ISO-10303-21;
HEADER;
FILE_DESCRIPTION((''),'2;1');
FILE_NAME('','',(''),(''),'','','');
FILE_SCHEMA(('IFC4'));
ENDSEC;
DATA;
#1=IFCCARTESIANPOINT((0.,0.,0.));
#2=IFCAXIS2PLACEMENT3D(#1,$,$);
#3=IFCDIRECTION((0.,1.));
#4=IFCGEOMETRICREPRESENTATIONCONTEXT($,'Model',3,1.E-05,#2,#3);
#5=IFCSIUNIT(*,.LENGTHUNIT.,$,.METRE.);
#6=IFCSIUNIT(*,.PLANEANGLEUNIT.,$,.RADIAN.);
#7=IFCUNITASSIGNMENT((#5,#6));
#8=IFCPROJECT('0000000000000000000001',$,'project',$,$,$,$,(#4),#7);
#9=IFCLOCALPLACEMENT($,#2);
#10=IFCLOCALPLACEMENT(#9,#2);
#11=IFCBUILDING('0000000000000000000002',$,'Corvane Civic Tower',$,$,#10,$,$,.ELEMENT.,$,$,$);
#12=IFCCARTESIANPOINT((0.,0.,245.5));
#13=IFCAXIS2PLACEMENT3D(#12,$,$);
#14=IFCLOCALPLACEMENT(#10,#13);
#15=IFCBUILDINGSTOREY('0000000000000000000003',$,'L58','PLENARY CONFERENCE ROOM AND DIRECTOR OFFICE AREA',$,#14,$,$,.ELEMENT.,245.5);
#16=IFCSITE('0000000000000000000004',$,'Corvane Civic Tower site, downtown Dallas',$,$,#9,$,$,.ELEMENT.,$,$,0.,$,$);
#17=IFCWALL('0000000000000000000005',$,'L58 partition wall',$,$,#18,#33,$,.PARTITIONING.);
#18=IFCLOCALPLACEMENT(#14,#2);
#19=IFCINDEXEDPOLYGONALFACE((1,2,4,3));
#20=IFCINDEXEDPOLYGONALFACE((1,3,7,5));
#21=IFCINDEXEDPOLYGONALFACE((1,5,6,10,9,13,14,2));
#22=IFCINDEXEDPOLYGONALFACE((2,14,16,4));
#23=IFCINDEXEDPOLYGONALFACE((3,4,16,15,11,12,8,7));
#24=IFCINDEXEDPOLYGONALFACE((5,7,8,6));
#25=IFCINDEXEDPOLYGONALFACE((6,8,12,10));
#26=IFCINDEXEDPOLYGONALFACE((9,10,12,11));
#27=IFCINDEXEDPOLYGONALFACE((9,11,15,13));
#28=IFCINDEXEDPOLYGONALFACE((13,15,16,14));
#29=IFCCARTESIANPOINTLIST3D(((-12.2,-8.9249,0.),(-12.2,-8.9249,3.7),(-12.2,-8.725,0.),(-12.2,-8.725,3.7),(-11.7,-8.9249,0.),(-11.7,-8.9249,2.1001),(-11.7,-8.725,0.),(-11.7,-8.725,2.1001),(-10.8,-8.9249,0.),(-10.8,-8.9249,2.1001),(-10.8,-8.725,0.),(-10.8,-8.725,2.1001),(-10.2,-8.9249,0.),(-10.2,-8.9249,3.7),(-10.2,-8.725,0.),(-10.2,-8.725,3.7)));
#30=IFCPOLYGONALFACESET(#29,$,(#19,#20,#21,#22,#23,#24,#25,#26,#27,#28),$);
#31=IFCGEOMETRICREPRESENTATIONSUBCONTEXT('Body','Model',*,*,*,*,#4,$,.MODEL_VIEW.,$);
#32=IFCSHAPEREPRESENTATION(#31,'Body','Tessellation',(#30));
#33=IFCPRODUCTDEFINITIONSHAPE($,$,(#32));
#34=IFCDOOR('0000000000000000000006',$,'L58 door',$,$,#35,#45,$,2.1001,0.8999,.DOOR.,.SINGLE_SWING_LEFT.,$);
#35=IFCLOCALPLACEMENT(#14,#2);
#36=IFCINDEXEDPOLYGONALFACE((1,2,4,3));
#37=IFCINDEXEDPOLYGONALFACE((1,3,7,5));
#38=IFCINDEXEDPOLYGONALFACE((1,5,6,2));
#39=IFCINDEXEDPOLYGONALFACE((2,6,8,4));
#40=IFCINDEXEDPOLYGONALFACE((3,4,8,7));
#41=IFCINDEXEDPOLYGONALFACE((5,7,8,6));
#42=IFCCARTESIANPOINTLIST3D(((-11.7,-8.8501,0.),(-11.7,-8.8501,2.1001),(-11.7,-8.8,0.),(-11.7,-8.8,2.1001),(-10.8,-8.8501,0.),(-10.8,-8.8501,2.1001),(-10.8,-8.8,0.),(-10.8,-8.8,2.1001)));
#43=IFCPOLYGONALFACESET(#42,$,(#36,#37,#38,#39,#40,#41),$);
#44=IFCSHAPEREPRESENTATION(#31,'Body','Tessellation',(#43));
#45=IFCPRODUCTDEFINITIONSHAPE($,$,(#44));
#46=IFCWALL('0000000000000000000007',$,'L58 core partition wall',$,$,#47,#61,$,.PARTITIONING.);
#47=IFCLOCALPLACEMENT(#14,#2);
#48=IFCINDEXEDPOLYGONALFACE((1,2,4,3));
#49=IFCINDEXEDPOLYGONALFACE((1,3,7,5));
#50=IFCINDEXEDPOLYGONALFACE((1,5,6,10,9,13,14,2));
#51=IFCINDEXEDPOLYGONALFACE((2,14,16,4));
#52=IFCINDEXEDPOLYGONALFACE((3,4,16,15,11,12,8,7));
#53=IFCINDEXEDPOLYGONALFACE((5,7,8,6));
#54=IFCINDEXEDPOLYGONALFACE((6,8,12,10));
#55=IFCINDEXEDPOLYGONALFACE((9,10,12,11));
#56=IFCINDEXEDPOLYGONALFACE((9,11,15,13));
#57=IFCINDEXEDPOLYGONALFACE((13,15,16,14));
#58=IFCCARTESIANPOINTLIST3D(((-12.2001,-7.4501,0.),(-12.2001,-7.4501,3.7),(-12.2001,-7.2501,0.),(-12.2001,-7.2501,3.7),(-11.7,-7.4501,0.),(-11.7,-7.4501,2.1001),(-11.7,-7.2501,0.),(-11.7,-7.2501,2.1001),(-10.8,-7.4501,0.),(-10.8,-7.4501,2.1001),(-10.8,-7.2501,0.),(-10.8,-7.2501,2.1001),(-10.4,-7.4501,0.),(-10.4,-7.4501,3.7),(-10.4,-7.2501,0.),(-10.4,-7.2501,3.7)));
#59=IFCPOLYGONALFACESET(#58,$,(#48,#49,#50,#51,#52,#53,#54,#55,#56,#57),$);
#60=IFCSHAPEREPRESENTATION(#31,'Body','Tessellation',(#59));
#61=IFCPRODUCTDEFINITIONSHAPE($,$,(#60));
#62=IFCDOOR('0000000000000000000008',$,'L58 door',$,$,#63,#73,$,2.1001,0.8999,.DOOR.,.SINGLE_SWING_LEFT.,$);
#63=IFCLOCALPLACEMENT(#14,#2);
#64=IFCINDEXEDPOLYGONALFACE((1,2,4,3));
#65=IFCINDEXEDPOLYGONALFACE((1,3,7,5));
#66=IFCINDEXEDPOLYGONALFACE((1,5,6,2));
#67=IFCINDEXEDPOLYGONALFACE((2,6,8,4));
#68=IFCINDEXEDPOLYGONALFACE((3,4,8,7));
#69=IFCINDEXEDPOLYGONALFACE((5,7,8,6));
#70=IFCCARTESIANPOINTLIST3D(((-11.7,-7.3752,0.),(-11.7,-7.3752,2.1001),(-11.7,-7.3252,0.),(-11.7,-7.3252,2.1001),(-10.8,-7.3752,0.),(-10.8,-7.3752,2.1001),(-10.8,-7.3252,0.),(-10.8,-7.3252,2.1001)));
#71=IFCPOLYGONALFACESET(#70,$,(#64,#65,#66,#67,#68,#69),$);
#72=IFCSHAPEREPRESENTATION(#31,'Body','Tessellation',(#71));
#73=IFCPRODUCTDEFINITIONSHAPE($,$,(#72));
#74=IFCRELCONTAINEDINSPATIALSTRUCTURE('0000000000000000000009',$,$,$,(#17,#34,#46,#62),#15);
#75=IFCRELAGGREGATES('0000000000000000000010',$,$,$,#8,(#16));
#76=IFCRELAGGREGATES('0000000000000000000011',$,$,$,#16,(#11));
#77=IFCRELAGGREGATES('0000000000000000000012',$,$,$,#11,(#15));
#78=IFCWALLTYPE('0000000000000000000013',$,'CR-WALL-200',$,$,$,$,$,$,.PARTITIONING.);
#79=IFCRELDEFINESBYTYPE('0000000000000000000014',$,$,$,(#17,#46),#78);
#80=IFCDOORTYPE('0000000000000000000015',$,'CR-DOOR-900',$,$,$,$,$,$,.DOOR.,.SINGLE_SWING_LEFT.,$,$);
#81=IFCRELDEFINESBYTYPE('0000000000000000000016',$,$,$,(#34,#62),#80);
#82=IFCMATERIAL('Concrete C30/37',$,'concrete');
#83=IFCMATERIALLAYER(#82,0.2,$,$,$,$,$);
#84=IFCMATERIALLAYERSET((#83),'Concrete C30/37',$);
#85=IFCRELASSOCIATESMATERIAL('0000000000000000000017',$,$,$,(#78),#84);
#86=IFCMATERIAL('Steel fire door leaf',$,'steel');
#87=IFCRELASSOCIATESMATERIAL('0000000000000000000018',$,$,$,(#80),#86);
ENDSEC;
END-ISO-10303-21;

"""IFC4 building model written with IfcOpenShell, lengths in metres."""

from ifc_helpers import new_model, si_unit, direction, frame, frame_2d, origin, place, context, subcontext, project, spatial, rectangle, extrude, material, layer, layer_set, type_object, element, fill, save


model = new_model("IFC4")

# Units and contexts
model_context = context("Model", 3, precision=1e-05, world=origin(), true_north=direction((0.0, 1.0)))
body_context = subcontext(model_context, "Body", "Model", "MODEL_VIEW")
ifc_project = project(units=[si_unit("LENGTHUNIT", "METRE"), si_unit("PLANEANGLEUNIT", "RADIAN")], contexts=[model_context])

# Site, building, storey
site_placement = place(None, origin())
site = spatial("IfcSite", under=ifc_project, at=site_placement, Name="Corvane Civic Tower site, downtown Dallas", CompositionType="ELEMENT", RefElevation=0.0)
building_placement = place(site_placement, origin())
building = spatial("IfcBuilding", under=site, at=building_placement, Name="Corvane Civic Tower", CompositionType="ELEMENT")
storey_placement = place(building_placement, frame((0.0, 0.0, 245.5)))
storey = spatial("IfcBuildingStorey", under=building, at=storey_placement, Name="L58", Description="PLENARY CONFERENCE ROOM AND DIRECTOR OFFICE AREA", CompositionType="ELEMENT", Elevation=245.5)

# Walls, openings, doors
ifc_material_1 = material(Name="Concrete C30/37", Category="concrete")
ifc_layer_1 = layer(ifc_material_1, 0.2)
ifc_layer_set_1 = layer_set([ifc_layer_1], Name="Concrete C30/37")
wall_type_1 = type_object("IfcWallType", Name="CR-WALL-200", PredefinedType="PARTITIONING", material=ifc_layer_set_1)
wall_1_placement = place(storey_placement, frame((-12.2, -8.825, 0.0), z_axis=(0.0, 0.0, 1.0), x_axis=(1.0, 0.0, 0.0)))
wall_1 = element("IfcWall", 1, at=wall_1_placement, inside=storey, type_object=wall_type_1, Name="L58 partition wall", PredefinedType="PARTITIONING", context=body_context, shape_type="SweptSolid", body=[
    extrude(rectangle(XDim=2.0, YDim=0.2, at=frame_2d((1.0, 0.0))), origin(), (0.0, 0.0, 1.0), 3.7),
])
opening_1_placement = place(wall_1_placement, frame((0.5, 0.0, 0.0)))
opening_1 = element("IfcOpeningElement", 2, at=opening_1_placement, cuts=wall_1, PredefinedType="OPENING", context=body_context, shape_type="SweptSolid", body=[
    extrude(rectangle(XDim=0.8999, YDim=2.1001, at=frame_2d((0.45, 1.05))), frame((0.0, 0.1099, 0.0), z_axis=(0.0, -1.0, 0.0), x_axis=(1.0, 0.0, 0.0)), (0.0, 0.0, 1.0), 0.22),
])
ifc_material_2 = material(Name="Steel fire door leaf", Category="steel")
door_type_1 = type_object("IfcDoorType", Name="CR-DOOR-900", OperationType="SINGLE_SWING_LEFT", PredefinedType="DOOR", material=ifc_material_2)
door_1_placement = place(opening_1_placement, origin())
door_1 = element("IfcDoor", 3, at=door_1_placement, inside=storey, type_object=door_type_1, Name="L58 door", OperationType="SINGLE_SWING_LEFT", OverallHeight=2.1001, OverallWidth=0.8999, PredefinedType="DOOR", context=body_context, shape_type="SweptSolid", body=[
    extrude(rectangle(XDim=0.8999, YDim=2.1001, at=frame_2d((0.45, 1.05))), frame((0.0, 0.0249, 0.0), z_axis=(0.0, -1.0, 0.0), x_axis=(1.0, 0.0, 0.0)), (0.0, 0.0, 1.0), 0.05),
])
fill(opening_1, door_1)
wall_2_placement = place(storey_placement, frame((-12.2, -7.3501, 0.0), z_axis=(0.0, 0.0, 1.0), x_axis=(1.0, 0.0, 0.0)))
wall_2 = element("IfcWall", 4, at=wall_2_placement, inside=storey, type_object=wall_type_1, Name="L58 core partition wall", PredefinedType="PARTITIONING", context=body_context, shape_type="SweptSolid", body=[
    extrude(rectangle(XDim=1.8, YDim=0.2, at=frame_2d((0.8999, 0.0))), origin(), (0.0, 0.0, 1.0), 3.7),
])
opening_2_placement = place(wall_2_placement, frame((0.5, 0.0, 0.0)))
opening_2 = element("IfcOpeningElement", 5, at=opening_2_placement, cuts=wall_2, PredefinedType="OPENING", context=body_context, shape_type="SweptSolid", body=[
    extrude(rectangle(XDim=0.8999, YDim=2.1001, at=frame_2d((0.45, 1.05))), frame((0.0, 0.1099, 0.0), z_axis=(0.0, -1.0, 0.0), x_axis=(1.0, 0.0, 0.0)), (0.0, 0.0, 1.0), 0.22),
])
door_2_placement = place(opening_2_placement, origin())
door_2 = element("IfcDoor", 6, at=door_2_placement, inside=storey, type_object=door_type_1, Name="L58 door", OperationType="SINGLE_SWING_LEFT", OverallHeight=2.1001, OverallWidth=0.8999, PredefinedType="DOOR", context=body_context, shape_type="SweptSolid", body=[
    extrude(rectangle(XDim=0.8999, YDim=2.1001, at=frame_2d((0.45, 1.05))), frame((0.0, 0.0249, 0.0), z_axis=(0.0, -1.0, 0.0), x_axis=(1.0, 0.0, 0.0)), (0.0, 0.0, 1.0), 0.05),
])
fill(opening_2, door_2)

save(model, "model.ifc")
